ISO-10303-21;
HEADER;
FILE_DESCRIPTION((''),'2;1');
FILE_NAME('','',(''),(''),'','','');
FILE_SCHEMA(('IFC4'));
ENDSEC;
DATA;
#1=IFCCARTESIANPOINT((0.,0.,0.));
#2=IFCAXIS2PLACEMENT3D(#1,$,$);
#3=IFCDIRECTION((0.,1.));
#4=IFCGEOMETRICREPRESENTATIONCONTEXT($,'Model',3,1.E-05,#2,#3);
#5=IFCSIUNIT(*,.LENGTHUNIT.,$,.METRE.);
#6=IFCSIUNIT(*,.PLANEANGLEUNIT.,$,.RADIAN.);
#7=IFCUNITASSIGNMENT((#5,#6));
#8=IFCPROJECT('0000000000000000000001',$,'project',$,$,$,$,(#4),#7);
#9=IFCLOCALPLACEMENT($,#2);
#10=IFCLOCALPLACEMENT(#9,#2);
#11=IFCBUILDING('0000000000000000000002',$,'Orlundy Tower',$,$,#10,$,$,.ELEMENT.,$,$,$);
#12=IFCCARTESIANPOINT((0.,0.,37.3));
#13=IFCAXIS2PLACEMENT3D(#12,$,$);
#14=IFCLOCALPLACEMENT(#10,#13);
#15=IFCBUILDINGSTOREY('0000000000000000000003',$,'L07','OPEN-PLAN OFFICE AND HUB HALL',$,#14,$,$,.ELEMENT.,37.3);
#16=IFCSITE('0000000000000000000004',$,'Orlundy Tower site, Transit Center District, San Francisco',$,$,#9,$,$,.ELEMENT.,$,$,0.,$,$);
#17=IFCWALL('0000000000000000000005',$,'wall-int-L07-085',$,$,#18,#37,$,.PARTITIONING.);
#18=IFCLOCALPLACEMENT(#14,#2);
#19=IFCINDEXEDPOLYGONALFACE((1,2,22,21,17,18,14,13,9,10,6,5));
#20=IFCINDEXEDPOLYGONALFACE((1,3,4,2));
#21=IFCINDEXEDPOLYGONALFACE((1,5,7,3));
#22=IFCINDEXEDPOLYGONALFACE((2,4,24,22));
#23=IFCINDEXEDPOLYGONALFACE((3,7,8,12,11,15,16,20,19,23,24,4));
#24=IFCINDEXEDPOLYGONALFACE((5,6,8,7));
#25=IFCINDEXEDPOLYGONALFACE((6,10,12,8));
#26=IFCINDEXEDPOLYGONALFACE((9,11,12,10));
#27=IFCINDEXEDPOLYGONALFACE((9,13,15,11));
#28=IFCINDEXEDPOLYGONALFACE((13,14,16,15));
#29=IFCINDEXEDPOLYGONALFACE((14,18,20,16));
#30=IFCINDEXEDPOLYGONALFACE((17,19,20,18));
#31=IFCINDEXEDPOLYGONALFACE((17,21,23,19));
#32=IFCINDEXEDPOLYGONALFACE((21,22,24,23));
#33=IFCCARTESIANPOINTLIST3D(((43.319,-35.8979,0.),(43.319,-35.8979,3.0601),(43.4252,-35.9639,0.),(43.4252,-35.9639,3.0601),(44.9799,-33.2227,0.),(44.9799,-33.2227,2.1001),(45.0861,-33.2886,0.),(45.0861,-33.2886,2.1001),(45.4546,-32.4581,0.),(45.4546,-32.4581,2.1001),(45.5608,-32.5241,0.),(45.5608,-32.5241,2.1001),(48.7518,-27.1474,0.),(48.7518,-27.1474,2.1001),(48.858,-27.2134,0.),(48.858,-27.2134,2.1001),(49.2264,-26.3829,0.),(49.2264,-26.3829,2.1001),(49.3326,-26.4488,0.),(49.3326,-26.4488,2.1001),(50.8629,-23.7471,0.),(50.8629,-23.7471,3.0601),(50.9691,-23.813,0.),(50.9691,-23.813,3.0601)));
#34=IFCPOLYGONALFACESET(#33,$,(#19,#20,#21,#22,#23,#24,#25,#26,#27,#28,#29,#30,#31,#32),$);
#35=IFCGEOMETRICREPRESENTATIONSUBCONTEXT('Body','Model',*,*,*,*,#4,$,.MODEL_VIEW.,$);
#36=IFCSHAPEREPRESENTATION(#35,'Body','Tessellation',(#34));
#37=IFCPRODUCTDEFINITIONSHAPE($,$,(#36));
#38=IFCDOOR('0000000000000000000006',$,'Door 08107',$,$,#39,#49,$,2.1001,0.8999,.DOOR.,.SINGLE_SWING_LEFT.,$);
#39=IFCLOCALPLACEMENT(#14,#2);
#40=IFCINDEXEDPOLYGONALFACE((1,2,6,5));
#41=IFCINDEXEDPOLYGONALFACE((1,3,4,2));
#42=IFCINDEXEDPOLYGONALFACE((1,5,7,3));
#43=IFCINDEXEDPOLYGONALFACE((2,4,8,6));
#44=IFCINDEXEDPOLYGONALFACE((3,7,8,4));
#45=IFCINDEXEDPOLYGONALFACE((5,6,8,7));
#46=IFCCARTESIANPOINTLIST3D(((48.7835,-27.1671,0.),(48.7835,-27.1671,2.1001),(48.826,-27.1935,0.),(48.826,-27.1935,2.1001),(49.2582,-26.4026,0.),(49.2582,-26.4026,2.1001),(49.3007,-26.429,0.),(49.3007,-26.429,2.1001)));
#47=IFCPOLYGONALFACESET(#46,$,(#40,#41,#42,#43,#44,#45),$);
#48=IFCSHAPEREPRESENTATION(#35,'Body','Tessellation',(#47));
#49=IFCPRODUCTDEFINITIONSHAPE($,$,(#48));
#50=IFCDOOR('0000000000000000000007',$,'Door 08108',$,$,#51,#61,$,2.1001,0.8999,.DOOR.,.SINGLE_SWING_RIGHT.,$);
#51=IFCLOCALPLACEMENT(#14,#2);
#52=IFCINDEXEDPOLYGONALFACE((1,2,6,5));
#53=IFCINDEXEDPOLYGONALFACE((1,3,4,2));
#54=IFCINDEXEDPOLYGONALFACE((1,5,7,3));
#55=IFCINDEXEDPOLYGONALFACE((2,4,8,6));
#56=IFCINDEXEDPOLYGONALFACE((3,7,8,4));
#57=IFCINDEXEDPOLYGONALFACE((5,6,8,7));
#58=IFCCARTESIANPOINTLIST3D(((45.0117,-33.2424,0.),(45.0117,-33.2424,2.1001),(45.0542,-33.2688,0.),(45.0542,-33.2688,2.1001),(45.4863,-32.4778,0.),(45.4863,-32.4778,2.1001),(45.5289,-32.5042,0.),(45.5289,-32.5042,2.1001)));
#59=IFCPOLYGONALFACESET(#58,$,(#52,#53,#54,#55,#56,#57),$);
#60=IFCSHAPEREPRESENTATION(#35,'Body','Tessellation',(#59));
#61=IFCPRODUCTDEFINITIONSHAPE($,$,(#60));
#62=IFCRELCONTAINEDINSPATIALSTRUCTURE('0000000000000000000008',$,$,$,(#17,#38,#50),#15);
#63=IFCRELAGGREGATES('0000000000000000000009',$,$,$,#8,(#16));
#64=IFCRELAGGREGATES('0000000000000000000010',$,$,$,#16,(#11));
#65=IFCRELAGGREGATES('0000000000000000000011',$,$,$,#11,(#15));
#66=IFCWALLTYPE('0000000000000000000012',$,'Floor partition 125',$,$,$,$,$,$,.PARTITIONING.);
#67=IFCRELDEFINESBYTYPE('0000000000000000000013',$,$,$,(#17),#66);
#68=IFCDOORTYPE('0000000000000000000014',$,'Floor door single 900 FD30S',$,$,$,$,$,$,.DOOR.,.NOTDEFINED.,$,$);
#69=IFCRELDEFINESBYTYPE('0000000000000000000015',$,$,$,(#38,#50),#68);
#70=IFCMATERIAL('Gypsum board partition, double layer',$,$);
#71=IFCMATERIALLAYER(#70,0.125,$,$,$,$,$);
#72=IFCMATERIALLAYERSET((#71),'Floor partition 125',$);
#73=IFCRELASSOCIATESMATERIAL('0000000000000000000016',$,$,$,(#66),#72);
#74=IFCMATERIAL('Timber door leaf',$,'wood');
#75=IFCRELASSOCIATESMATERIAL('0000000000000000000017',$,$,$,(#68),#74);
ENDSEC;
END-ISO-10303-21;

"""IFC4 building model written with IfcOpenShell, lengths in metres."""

from ifc_helpers import new_model, si_unit, direction, frame, frame_2d, origin, place, context, subcontext, project, spatial, rectangle, extrude, material, layer, layer_set, type_object, element, fill, save


model = new_model("IFC4")

# Units and contexts
model_context = context("Model", 3, precision=1e-05, world=origin(), true_north=direction((0.0, 1.0)))
body_context = subcontext(model_context, "Body", "Model", "MODEL_VIEW")
ifc_project = project(units=[si_unit("LENGTHUNIT", "METRE"), si_unit("PLANEANGLEUNIT", "RADIAN")], contexts=[model_context])

# Site, building, storey
site_placement = place(None, origin())
site = spatial("IfcSite", under=ifc_project, at=site_placement, Name="Orlundy Tower site, Transit Center District, San Francisco", CompositionType="ELEMENT", RefElevation=0.0)
building_placement = place(site_placement, origin())
building = spatial("IfcBuilding", under=site, at=building_placement, Name="Orlundy Tower", CompositionType="ELEMENT")
storey_placement = place(building_placement, frame((0.0, 0.0, 37.3)))
storey = spatial("IfcBuildingStorey", under=building, at=storey_placement, Name="L07", Description="OPEN-PLAN OFFICE AND HUB HALL", CompositionType="ELEMENT", Elevation=37.3)

# Wall, openings, doors
ifc_material_1 = material(Name="Gypsum board partition, double layer")
ifc_layer_1 = layer(ifc_material_1, 0.125)
ifc_layer_set_1 = layer_set([ifc_layer_1], Name="Floor partition 125")
wall_type_1 = type_object("IfcWallType", Name="Floor partition 125", PredefinedType="PARTITIONING", material=ifc_layer_set_1)
wall_1_placement = place(storey_placement, frame((50.916, -23.78, 0.0), z_axis=(0.0, 0.0, 1.0), x_axis=(-0.527465, -0.849577, 0.0)))
wall_1 = element("IfcWall", 1, at=wall_1_placement, inside=storey, type_object=wall_type_1, Name="wall-int-L07-085", PredefinedType="PARTITIONING", context=body_context, shape_type="SweptSolid", body=[
    extrude(rectangle(XDim=14.3022, YDim=0.125, at=frame_2d((7.1511, 0.0))), origin(), (0.0, 0.0, 1.0), 3.0601),
])
opening_1_placement = place(wall_1_placement, frame((3.1025, 0.0, 0.0)))
opening_1 = element("IfcOpeningElement", 2, at=opening_1_placement, cuts=wall_1, PredefinedType="OPENING", context=body_context, shape_type="SweptSolid", body=[
    extrude(rectangle(XDim=0.8999, YDim=2.1001, at=frame_2d((0.45, 1.05))), frame((0.0, 0.0725, 0.0), z_axis=(0.0, -1.0, 0.0), x_axis=(1.0, 0.0, 0.0)), (0.0, 0.0, 1.0), 0.145),
])
opening_2_placement = place(wall_1_placement, frame((10.2534, 0.0, 0.0)))
opening_2 = element("IfcOpeningElement", 3, at=opening_2_placement, cuts=wall_1, PredefinedType="OPENING", context=body_context, shape_type="SweptSolid", body=[
    extrude(rectangle(XDim=0.8999, YDim=2.1001, at=frame_2d((0.45, 1.05))), frame((0.0, 0.0725, 0.0), z_axis=(0.0, -1.0, 0.0), x_axis=(1.0, 0.0, 0.0)), (0.0, 0.0, 1.0), 0.145),
])
ifc_material_2 = material(Name="Timber door leaf", Category="wood")
door_type_1 = type_object("IfcDoorType", Name="Floor door single 900 FD30S", OperationType="NOTDEFINED", PredefinedType="DOOR", material=ifc_material_2)
door_1_placement = place(opening_1_placement, origin())
door_1 = element("IfcDoor", 4, at=door_1_placement, inside=storey, type_object=door_type_1, Name="Door 08107", OperationType="SINGLE_SWING_LEFT", OverallHeight=2.1001, OverallWidth=0.8999, PredefinedType="DOOR", context=body_context, shape_type="SweptSolid", body=[
    extrude(rectangle(XDim=0.8999, YDim=2.1001, at=frame_2d((0.45, 1.05))), frame((0.0, 0.0249, 0.0), z_axis=(0.0, -1.0, 0.0), x_axis=(1.0, 0.0, 0.0)), (0.0, 0.0, 1.0), 0.05),
])
fill(opening_1, door_1)
door_2_placement = place(opening_2_placement, origin())
door_2 = element("IfcDoor", 5, at=door_2_placement, inside=storey, type_object=door_type_1, Name="Door 08108", OperationType="SINGLE_SWING_RIGHT", OverallHeight=2.1001, OverallWidth=0.8999, PredefinedType="DOOR", context=body_context, shape_type="SweptSolid", body=[
    extrude(rectangle(XDim=0.8999, YDim=2.1001, at=frame_2d((0.45, 1.05))), frame((0.0, 0.0249, 0.0), z_axis=(0.0, -1.0, 0.0), x_axis=(1.0, 0.0, 0.0)), (0.0, 0.0, 1.0), 0.05),
])
fill(opening_2, door_2)

save(model, "model.ifc")
